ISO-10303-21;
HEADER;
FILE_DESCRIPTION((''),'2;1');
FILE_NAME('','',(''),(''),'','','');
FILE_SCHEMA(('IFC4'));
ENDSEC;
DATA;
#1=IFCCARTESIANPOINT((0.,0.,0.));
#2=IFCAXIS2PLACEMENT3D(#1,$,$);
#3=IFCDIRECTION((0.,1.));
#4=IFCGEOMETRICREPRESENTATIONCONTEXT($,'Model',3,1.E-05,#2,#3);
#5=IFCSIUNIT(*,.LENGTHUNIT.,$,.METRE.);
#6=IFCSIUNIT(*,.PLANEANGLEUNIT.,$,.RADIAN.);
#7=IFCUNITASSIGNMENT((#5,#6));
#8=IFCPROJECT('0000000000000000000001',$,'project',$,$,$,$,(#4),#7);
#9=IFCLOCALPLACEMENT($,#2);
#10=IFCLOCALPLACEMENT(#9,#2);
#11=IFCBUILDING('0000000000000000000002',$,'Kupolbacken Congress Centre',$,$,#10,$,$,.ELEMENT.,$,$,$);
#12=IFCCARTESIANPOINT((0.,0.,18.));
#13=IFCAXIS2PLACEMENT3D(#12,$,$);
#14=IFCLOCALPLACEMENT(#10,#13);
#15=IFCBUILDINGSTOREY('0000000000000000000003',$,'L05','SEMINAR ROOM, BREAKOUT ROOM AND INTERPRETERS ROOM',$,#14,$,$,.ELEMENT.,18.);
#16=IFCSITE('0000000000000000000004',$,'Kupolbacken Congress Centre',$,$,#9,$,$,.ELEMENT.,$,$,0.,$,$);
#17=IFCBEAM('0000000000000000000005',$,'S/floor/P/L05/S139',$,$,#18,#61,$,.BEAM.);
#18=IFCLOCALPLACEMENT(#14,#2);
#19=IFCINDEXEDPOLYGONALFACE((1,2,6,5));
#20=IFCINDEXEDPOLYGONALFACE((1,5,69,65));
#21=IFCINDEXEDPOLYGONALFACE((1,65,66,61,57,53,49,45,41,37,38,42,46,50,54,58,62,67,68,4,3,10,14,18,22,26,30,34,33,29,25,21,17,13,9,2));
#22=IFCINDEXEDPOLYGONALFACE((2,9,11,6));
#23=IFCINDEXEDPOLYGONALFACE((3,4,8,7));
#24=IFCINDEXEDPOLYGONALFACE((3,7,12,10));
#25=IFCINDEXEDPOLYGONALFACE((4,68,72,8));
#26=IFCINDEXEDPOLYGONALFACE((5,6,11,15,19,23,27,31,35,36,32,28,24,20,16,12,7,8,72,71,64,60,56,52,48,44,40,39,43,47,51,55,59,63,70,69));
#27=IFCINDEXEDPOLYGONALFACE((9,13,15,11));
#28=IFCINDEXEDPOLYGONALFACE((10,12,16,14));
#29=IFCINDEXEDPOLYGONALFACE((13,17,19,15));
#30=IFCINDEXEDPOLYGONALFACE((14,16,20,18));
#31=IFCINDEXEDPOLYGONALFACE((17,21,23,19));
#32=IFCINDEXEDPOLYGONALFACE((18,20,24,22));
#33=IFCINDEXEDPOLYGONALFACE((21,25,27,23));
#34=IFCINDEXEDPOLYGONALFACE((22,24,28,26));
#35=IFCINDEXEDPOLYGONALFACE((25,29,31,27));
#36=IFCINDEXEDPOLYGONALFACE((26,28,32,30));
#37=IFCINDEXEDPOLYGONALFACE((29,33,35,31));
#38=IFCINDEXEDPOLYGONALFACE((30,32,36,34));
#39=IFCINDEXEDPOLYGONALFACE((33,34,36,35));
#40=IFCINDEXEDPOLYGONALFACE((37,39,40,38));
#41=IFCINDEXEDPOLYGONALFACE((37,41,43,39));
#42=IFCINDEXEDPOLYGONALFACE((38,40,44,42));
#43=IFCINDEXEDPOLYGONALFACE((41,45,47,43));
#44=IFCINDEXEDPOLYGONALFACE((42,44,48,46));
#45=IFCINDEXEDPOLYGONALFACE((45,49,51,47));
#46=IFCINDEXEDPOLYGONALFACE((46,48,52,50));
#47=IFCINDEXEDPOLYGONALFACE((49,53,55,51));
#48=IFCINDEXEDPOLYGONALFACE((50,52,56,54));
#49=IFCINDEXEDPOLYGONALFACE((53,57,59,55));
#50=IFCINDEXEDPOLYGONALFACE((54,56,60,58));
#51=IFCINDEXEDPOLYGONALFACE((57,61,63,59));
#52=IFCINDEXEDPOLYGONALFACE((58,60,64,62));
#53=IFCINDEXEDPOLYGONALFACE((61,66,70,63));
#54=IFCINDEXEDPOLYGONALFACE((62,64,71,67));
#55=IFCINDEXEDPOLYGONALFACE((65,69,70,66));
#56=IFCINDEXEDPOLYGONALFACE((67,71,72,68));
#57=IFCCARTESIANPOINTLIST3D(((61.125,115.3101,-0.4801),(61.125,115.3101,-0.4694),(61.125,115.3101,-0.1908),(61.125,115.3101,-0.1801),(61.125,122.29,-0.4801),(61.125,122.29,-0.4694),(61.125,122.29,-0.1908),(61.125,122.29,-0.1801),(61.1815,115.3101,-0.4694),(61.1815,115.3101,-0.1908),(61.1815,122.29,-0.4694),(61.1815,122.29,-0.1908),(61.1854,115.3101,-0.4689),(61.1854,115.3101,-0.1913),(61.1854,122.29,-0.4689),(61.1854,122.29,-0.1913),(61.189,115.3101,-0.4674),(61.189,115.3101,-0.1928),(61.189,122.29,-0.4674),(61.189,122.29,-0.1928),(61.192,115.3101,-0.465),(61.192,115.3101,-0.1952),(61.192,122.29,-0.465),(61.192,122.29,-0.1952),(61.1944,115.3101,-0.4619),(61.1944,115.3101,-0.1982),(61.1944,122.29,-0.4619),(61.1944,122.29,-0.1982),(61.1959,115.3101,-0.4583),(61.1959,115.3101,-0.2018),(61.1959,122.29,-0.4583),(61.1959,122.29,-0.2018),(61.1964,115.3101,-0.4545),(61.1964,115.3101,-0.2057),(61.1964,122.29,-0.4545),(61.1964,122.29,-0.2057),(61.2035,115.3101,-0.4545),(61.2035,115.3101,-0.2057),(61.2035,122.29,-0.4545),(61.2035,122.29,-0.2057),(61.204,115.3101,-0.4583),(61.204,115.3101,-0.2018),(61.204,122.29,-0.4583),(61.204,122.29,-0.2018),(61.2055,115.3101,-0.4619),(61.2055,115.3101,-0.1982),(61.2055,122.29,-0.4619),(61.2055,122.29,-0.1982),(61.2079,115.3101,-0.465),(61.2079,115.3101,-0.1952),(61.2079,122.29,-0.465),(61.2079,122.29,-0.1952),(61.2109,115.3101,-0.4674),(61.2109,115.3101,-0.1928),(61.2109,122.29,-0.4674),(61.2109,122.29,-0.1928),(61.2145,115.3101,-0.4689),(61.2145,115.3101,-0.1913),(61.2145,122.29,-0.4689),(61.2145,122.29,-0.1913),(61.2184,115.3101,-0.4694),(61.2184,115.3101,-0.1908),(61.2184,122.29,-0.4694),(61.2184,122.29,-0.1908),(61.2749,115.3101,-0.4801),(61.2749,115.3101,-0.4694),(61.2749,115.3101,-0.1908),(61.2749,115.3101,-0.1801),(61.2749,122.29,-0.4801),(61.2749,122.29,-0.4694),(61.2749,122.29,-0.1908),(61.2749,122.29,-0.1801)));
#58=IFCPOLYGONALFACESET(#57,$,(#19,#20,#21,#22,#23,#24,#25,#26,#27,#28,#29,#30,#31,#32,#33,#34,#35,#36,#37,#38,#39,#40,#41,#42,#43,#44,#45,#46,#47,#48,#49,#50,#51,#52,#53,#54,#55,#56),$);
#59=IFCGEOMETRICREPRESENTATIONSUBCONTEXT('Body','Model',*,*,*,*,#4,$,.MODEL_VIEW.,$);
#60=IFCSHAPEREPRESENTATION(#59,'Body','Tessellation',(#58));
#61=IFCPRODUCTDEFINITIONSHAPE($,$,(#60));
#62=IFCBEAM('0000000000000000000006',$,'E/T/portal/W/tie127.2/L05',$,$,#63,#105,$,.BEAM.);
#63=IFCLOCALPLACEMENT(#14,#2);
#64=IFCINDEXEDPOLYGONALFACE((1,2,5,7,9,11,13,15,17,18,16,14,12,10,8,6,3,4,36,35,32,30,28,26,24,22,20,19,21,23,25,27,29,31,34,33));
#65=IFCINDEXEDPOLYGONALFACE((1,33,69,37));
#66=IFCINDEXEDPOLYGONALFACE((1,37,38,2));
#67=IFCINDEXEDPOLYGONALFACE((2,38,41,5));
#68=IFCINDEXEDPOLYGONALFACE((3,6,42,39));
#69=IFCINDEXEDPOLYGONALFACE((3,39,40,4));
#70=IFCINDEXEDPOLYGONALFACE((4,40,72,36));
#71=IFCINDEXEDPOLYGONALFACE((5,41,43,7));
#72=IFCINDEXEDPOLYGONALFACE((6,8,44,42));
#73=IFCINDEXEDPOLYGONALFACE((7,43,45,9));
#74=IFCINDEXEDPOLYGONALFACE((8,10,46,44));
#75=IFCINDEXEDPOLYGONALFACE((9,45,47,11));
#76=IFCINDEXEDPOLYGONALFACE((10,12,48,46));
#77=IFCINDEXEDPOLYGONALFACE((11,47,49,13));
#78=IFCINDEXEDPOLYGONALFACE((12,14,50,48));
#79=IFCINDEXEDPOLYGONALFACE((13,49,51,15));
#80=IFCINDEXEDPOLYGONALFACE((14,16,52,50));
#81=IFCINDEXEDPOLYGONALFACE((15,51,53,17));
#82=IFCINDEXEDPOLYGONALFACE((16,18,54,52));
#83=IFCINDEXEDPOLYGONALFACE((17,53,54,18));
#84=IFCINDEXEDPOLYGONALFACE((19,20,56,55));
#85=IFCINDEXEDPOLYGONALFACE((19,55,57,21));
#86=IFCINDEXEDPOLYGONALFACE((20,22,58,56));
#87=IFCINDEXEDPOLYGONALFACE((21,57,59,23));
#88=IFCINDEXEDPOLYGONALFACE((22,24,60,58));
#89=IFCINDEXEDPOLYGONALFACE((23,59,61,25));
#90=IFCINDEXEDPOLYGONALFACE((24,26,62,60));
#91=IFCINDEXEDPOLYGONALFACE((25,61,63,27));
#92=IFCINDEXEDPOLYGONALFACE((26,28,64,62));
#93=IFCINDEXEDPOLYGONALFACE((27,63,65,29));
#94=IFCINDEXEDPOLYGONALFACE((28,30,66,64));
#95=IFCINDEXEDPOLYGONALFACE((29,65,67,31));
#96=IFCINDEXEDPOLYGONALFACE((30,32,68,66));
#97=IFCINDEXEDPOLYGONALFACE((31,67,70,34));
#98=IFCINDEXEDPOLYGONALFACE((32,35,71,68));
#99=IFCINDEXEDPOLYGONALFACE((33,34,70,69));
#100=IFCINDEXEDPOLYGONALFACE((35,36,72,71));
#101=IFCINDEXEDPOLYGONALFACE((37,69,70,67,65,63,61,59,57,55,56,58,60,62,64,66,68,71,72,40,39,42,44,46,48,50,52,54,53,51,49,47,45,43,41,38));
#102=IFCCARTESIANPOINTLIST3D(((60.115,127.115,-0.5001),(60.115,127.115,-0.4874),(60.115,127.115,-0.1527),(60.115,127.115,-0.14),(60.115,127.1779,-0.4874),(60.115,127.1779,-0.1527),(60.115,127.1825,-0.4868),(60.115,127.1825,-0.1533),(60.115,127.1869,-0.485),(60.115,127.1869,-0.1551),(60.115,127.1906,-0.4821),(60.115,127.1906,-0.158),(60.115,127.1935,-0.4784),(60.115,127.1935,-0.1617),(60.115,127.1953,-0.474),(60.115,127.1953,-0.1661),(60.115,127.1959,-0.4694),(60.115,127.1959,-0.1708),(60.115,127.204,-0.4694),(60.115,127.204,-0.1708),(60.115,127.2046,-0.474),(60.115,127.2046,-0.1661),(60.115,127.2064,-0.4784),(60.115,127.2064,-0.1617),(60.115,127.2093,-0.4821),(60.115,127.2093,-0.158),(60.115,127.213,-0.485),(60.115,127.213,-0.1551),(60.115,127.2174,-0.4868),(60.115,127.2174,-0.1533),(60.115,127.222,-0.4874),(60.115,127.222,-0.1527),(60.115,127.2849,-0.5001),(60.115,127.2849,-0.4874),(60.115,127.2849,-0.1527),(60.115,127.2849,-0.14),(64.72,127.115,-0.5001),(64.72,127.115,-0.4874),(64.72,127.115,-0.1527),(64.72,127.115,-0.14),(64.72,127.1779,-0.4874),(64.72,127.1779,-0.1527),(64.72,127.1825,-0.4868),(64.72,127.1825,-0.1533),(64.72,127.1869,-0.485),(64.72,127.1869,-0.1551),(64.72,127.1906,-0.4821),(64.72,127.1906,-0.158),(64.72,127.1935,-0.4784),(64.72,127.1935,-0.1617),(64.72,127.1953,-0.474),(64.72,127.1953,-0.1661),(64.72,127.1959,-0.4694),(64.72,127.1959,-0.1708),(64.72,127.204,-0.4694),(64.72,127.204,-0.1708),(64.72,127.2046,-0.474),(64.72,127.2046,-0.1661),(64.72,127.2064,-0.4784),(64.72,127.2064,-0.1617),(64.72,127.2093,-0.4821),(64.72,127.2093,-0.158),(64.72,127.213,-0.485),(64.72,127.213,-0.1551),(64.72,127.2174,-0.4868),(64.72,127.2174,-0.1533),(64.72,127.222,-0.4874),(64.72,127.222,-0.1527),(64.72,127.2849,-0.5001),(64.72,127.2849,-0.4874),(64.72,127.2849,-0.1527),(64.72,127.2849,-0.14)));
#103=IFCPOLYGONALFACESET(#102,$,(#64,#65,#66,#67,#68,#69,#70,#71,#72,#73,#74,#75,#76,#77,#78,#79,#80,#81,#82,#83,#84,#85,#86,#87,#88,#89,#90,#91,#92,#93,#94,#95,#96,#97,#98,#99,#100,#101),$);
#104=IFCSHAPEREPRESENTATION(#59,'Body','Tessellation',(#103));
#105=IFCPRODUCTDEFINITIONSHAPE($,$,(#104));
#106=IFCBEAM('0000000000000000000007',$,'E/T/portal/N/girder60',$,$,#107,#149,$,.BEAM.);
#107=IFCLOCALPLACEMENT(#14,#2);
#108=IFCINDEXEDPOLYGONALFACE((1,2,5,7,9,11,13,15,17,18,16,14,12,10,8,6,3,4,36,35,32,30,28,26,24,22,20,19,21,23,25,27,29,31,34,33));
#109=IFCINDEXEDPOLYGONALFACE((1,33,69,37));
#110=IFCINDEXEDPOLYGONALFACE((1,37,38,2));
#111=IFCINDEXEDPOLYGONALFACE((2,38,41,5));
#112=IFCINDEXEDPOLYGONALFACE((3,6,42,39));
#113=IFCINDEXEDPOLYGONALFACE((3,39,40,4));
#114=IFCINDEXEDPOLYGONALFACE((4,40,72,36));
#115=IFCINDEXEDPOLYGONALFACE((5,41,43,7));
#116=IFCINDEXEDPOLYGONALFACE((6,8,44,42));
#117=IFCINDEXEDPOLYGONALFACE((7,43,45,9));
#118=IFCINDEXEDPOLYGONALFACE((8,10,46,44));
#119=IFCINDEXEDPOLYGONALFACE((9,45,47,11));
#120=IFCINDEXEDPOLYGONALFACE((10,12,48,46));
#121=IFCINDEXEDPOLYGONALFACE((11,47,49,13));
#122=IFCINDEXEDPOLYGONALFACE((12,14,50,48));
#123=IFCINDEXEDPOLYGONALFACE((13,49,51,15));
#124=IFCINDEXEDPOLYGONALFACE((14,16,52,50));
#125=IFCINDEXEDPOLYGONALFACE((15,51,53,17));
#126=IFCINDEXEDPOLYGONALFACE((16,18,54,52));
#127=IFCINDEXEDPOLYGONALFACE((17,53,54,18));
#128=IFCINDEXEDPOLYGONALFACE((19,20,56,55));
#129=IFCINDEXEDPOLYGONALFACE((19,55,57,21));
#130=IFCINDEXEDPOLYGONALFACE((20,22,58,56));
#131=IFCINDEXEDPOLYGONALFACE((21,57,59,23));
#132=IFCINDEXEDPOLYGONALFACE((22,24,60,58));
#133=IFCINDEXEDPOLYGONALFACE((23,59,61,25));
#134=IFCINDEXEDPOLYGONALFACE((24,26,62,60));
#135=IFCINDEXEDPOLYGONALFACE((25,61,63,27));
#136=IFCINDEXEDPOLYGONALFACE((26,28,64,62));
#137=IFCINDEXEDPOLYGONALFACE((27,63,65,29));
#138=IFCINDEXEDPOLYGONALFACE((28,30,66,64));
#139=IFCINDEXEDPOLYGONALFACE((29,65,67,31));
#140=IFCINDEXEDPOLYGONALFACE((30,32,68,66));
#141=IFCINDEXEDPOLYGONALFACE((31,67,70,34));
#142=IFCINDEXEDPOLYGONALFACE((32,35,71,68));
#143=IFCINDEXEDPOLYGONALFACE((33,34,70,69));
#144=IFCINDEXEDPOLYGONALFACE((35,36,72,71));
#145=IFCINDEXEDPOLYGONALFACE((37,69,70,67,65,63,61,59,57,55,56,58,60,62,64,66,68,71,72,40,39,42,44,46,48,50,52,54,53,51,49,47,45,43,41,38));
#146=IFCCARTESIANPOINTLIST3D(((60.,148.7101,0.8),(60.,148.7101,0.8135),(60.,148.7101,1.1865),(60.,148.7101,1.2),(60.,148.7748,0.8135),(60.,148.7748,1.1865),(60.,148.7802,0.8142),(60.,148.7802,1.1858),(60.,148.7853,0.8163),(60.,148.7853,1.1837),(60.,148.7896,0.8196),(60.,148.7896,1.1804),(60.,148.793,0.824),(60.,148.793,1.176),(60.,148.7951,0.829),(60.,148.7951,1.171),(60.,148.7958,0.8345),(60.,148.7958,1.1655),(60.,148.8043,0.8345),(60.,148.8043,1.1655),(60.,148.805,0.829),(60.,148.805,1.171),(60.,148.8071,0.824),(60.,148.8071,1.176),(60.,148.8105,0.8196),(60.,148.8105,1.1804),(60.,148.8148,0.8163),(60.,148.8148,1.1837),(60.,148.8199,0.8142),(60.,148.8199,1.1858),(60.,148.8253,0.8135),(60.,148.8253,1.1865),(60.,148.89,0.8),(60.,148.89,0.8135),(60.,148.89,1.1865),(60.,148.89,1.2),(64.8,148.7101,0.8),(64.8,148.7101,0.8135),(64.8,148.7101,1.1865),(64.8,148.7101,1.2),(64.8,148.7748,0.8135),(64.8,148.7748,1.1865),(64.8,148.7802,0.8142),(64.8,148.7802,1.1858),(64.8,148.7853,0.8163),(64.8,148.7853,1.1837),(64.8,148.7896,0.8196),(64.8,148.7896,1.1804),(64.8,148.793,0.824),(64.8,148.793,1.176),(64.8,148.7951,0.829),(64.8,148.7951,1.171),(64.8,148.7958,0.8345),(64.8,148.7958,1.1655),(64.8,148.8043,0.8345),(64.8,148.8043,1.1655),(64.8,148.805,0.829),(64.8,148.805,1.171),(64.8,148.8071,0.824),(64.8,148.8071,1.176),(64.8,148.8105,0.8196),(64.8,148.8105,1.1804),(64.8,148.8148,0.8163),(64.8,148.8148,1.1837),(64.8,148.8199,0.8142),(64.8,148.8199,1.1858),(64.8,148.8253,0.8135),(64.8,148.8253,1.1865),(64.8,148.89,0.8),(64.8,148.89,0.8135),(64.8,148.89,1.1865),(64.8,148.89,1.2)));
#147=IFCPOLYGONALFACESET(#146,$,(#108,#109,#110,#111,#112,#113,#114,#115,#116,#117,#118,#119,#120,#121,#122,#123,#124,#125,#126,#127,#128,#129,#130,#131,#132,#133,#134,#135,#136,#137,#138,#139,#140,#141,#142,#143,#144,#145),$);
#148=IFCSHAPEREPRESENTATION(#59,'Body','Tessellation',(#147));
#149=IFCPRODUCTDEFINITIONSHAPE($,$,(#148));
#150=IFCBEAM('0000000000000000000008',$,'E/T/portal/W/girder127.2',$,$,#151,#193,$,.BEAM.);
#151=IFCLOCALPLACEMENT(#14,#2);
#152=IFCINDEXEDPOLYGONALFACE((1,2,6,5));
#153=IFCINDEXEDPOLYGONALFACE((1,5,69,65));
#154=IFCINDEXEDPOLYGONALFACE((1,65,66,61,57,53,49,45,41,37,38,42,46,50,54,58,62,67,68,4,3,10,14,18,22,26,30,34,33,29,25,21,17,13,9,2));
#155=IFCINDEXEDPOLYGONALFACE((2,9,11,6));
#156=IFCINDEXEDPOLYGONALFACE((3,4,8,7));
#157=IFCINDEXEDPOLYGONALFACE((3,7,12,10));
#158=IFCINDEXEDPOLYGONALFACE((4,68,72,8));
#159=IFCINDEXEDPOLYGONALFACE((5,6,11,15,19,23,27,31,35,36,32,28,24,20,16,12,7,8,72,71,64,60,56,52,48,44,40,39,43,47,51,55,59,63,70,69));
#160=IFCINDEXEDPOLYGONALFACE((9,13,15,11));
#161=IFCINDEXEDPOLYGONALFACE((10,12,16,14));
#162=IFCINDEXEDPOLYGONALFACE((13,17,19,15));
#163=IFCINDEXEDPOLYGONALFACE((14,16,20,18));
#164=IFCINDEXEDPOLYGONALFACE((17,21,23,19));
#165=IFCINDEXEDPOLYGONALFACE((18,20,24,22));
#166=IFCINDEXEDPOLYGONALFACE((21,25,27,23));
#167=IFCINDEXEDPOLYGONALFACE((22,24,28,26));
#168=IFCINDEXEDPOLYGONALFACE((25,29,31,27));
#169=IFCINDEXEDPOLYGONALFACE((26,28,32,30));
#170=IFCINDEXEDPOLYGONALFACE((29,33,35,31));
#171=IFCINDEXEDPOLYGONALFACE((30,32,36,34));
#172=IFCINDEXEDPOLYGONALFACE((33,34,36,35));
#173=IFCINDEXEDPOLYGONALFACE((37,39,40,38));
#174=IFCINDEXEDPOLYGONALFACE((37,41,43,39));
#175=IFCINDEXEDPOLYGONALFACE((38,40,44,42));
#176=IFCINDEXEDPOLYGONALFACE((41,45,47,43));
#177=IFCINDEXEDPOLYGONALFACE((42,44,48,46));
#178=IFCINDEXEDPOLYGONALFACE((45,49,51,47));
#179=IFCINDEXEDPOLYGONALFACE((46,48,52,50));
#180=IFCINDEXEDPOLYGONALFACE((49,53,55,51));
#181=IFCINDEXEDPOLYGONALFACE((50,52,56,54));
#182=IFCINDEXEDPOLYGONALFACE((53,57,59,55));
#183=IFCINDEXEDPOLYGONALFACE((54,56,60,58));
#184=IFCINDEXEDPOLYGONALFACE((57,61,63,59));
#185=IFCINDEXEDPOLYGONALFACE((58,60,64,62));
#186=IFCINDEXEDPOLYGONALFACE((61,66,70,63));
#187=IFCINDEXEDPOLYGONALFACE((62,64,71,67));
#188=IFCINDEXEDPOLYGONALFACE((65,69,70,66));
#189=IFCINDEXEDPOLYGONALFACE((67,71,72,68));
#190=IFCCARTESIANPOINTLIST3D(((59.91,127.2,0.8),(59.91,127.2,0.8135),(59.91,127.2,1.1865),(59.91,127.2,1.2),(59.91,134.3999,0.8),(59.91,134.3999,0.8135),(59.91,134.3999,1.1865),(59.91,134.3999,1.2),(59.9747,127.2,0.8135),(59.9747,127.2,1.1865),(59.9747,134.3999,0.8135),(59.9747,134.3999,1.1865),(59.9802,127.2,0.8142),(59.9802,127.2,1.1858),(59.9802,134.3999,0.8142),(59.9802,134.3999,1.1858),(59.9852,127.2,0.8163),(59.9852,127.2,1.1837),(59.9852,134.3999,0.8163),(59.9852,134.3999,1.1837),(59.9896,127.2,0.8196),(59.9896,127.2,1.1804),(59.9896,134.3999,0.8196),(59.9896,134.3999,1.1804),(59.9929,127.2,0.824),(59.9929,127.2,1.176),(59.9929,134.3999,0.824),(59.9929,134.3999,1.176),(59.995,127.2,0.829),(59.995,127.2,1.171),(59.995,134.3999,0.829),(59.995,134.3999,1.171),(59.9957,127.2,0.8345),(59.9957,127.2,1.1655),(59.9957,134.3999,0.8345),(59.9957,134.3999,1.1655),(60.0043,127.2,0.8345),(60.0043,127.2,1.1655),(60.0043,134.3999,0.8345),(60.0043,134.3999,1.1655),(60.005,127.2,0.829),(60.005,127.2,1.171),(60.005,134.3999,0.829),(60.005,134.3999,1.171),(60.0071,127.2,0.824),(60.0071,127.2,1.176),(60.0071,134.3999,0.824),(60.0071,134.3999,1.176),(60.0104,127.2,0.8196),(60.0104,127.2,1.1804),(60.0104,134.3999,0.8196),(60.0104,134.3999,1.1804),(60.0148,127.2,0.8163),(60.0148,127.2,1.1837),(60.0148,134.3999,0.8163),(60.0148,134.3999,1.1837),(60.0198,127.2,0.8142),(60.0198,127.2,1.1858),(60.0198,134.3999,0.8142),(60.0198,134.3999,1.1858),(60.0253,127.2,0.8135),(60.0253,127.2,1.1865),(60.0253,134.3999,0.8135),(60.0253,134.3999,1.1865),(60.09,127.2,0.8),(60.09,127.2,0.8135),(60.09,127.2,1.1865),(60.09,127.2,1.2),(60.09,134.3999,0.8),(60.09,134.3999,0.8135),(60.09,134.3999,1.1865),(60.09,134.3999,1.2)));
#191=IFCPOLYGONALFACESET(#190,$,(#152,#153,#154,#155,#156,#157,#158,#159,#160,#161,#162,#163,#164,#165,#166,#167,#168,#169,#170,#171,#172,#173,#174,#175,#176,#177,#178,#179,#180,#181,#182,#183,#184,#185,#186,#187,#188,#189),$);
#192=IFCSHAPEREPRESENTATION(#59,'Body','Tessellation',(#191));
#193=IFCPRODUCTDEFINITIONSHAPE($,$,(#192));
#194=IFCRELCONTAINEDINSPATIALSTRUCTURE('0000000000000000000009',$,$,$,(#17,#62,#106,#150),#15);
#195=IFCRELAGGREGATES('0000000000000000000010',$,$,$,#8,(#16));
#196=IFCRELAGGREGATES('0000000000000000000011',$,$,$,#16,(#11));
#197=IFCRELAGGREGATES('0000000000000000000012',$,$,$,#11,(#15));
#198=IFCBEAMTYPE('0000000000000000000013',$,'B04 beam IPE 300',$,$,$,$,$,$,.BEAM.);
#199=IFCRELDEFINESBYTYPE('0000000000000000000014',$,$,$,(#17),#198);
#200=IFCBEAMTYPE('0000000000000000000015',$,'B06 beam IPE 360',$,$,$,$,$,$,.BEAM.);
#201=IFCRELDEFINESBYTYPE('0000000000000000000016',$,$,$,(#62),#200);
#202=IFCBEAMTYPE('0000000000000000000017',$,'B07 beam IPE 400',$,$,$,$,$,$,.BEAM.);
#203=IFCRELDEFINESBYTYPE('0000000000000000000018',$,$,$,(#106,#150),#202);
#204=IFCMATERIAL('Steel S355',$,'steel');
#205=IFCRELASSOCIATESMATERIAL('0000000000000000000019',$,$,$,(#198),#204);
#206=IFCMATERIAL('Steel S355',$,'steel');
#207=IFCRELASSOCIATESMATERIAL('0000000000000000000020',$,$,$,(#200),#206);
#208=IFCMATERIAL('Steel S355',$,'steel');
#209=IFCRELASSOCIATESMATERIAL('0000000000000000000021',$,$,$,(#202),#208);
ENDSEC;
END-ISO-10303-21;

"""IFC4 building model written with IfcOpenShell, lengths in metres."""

from ifc_helpers import new_model, si_unit, direction, frame, origin, origin_2d, place, context, subcontext, project, spatial, i_section, extrude, material, material_profile, profile_set, type_object, element, save


model = new_model("IFC4")

# Units and contexts
model_context = context("Model", 3, precision=1e-05, world=origin(), true_north=direction((0.0, 1.0)))
body_context = subcontext(model_context, "Body", "Model", "MODEL_VIEW")
ifc_project = project(units=[si_unit("LENGTHUNIT", "METRE"), si_unit("PLANEANGLEUNIT", "RADIAN")], contexts=[model_context])

# Site, building, storey
site_placement = place(None, origin())
site = spatial("IfcSite", under=ifc_project, at=site_placement, Name="Kupolbacken Congress Centre", CompositionType="ELEMENT", RefElevation=0.0)
building_placement = place(site_placement, origin())
building = spatial("IfcBuilding", under=site, at=building_placement, Name="Kupolbacken Congress Centre", CompositionType="ELEMENT")
storey_placement = place(building_placement, frame((0.0, 0.0, 18.0)))
storey = spatial("IfcBuildingStorey", under=building, at=storey_placement, Name="L05", Description="SEMINAR ROOM, BREAKOUT ROOM AND INTERPRETERS ROOM", CompositionType="ELEMENT", Elevation=18.0)

# Beams
ifc_material_1 = material(Name="Steel S355", Category="steel")
ifc_material_profile_1 = material_profile(ifc_material_1, i_section(OverallWidth=0.1499, OverallDepth=0.3, WebThickness=0.0071, FlangeThickness=0.0107, FilletRadius=0.0149, at=origin_2d()), Name="IPE 300")
ifc_profile_set_1 = profile_set([ifc_material_profile_1], Name="Steel S355")
beam_type_1 = type_object("IfcBeamType", Name="B04 beam IPE 300", PredefinedType="BEAM", material=ifc_profile_set_1)
beam_1_placement = place(storey_placement, frame((61.2, 115.3101, -0.3301), z_axis=(0.0, 1.0, 0.0), x_axis=(-1.0, 0.0, 0.0)))
element("IfcBeam", 1, at=beam_1_placement, inside=storey, type_object=beam_type_1, Name="S/floor/P/L05/S139", PredefinedType="BEAM", context=body_context, shape_type="SweptSolid", body=[
    extrude(i_section(OverallWidth=0.1499, OverallDepth=0.3, WebThickness=0.0071, FlangeThickness=0.0107, FilletRadius=0.0149, at=origin_2d()), origin(), (0.0, 0.0, 1.0), 6.98),
])
ifc_material_2 = material(Name="Steel S355", Category="steel")
ifc_material_profile_2 = material_profile(ifc_material_2, i_section(OverallWidth=0.1699, OverallDepth=0.3601, WebThickness=0.0081, FlangeThickness=0.0127, FilletRadius=0.0181, at=origin_2d()), Name="IPE 360")
ifc_profile_set_2 = profile_set([ifc_material_profile_2], Name="Steel S355")
beam_type_2 = type_object("IfcBeamType", Name="B06 beam IPE 360", PredefinedType="BEAM", material=ifc_profile_set_2)
beam_2_placement = place(storey_placement, frame((64.72, 127.2, -0.3201), z_axis=(-1.0, 0.0, 0.0), x_axis=(0.0, -1.0, 0.0)))
element("IfcBeam", 2, at=beam_2_placement, inside=storey, type_object=beam_type_2, Name="E/T/portal/W/tie127.2/L05", PredefinedType="BEAM", context=body_context, shape_type="SweptSolid", body=[
    extrude(i_section(OverallWidth=0.1699, OverallDepth=0.3601, WebThickness=0.0081, FlangeThickness=0.0127, FilletRadius=0.0181, at=origin_2d()), origin(), (0.0, 0.0, 1.0), 4.605),
])
ifc_material_3 = material(Name="Steel S355", Category="steel")
ifc_material_profile_3 = material_profile(ifc_material_3, i_section(OverallWidth=0.1799, OverallDepth=0.3999, WebThickness=0.0085, FlangeThickness=0.0134, FilletRadius=0.021, at=origin_2d()), Name="IPE 400")
ifc_profile_set_3 = profile_set([ifc_material_profile_3], Name="Steel S355")
beam_type_3 = type_object("IfcBeamType", Name="B07 beam IPE 400", PredefinedType="BEAM", material=ifc_profile_set_3)
beam_3_placement = place(storey_placement, frame((60.0, 148.8, 1.0), z_axis=(1.0, 0.0, 0.0), x_axis=(0.0, 1.0, 0.0)))
element("IfcBeam", 3, at=beam_3_placement, inside=storey, type_object=beam_type_3, Name="E/T/portal/N/girder60", PredefinedType="BEAM", context=body_context, shape_type="SweptSolid", body=[
    extrude(i_section(OverallWidth=0.1799, OverallDepth=0.3999, WebThickness=0.0085, FlangeThickness=0.0134, FilletRadius=0.021, at=origin_2d()), origin(), (0.0, 0.0, 1.0), 4.8),
])
beam_4_placement = place(storey_placement, frame((60.0, 127.2, 1.0), z_axis=(0.0, 1.0, 0.0), x_axis=(-1.0, 0.0, 0.0)))
element("IfcBeam", 4, at=beam_4_placement, inside=storey, type_object=beam_type_3, Name="E/T/portal/W/girder127.2", PredefinedType="BEAM", context=body_context, shape_type="SweptSolid", body=[
    extrude(i_section(OverallWidth=0.1799, OverallDepth=0.3999, WebThickness=0.0085, FlangeThickness=0.0134, FilletRadius=0.021, at=origin_2d()), origin(), (0.0, 0.0, 1.0), 7.2),
])

save(model, "model.ifc")
